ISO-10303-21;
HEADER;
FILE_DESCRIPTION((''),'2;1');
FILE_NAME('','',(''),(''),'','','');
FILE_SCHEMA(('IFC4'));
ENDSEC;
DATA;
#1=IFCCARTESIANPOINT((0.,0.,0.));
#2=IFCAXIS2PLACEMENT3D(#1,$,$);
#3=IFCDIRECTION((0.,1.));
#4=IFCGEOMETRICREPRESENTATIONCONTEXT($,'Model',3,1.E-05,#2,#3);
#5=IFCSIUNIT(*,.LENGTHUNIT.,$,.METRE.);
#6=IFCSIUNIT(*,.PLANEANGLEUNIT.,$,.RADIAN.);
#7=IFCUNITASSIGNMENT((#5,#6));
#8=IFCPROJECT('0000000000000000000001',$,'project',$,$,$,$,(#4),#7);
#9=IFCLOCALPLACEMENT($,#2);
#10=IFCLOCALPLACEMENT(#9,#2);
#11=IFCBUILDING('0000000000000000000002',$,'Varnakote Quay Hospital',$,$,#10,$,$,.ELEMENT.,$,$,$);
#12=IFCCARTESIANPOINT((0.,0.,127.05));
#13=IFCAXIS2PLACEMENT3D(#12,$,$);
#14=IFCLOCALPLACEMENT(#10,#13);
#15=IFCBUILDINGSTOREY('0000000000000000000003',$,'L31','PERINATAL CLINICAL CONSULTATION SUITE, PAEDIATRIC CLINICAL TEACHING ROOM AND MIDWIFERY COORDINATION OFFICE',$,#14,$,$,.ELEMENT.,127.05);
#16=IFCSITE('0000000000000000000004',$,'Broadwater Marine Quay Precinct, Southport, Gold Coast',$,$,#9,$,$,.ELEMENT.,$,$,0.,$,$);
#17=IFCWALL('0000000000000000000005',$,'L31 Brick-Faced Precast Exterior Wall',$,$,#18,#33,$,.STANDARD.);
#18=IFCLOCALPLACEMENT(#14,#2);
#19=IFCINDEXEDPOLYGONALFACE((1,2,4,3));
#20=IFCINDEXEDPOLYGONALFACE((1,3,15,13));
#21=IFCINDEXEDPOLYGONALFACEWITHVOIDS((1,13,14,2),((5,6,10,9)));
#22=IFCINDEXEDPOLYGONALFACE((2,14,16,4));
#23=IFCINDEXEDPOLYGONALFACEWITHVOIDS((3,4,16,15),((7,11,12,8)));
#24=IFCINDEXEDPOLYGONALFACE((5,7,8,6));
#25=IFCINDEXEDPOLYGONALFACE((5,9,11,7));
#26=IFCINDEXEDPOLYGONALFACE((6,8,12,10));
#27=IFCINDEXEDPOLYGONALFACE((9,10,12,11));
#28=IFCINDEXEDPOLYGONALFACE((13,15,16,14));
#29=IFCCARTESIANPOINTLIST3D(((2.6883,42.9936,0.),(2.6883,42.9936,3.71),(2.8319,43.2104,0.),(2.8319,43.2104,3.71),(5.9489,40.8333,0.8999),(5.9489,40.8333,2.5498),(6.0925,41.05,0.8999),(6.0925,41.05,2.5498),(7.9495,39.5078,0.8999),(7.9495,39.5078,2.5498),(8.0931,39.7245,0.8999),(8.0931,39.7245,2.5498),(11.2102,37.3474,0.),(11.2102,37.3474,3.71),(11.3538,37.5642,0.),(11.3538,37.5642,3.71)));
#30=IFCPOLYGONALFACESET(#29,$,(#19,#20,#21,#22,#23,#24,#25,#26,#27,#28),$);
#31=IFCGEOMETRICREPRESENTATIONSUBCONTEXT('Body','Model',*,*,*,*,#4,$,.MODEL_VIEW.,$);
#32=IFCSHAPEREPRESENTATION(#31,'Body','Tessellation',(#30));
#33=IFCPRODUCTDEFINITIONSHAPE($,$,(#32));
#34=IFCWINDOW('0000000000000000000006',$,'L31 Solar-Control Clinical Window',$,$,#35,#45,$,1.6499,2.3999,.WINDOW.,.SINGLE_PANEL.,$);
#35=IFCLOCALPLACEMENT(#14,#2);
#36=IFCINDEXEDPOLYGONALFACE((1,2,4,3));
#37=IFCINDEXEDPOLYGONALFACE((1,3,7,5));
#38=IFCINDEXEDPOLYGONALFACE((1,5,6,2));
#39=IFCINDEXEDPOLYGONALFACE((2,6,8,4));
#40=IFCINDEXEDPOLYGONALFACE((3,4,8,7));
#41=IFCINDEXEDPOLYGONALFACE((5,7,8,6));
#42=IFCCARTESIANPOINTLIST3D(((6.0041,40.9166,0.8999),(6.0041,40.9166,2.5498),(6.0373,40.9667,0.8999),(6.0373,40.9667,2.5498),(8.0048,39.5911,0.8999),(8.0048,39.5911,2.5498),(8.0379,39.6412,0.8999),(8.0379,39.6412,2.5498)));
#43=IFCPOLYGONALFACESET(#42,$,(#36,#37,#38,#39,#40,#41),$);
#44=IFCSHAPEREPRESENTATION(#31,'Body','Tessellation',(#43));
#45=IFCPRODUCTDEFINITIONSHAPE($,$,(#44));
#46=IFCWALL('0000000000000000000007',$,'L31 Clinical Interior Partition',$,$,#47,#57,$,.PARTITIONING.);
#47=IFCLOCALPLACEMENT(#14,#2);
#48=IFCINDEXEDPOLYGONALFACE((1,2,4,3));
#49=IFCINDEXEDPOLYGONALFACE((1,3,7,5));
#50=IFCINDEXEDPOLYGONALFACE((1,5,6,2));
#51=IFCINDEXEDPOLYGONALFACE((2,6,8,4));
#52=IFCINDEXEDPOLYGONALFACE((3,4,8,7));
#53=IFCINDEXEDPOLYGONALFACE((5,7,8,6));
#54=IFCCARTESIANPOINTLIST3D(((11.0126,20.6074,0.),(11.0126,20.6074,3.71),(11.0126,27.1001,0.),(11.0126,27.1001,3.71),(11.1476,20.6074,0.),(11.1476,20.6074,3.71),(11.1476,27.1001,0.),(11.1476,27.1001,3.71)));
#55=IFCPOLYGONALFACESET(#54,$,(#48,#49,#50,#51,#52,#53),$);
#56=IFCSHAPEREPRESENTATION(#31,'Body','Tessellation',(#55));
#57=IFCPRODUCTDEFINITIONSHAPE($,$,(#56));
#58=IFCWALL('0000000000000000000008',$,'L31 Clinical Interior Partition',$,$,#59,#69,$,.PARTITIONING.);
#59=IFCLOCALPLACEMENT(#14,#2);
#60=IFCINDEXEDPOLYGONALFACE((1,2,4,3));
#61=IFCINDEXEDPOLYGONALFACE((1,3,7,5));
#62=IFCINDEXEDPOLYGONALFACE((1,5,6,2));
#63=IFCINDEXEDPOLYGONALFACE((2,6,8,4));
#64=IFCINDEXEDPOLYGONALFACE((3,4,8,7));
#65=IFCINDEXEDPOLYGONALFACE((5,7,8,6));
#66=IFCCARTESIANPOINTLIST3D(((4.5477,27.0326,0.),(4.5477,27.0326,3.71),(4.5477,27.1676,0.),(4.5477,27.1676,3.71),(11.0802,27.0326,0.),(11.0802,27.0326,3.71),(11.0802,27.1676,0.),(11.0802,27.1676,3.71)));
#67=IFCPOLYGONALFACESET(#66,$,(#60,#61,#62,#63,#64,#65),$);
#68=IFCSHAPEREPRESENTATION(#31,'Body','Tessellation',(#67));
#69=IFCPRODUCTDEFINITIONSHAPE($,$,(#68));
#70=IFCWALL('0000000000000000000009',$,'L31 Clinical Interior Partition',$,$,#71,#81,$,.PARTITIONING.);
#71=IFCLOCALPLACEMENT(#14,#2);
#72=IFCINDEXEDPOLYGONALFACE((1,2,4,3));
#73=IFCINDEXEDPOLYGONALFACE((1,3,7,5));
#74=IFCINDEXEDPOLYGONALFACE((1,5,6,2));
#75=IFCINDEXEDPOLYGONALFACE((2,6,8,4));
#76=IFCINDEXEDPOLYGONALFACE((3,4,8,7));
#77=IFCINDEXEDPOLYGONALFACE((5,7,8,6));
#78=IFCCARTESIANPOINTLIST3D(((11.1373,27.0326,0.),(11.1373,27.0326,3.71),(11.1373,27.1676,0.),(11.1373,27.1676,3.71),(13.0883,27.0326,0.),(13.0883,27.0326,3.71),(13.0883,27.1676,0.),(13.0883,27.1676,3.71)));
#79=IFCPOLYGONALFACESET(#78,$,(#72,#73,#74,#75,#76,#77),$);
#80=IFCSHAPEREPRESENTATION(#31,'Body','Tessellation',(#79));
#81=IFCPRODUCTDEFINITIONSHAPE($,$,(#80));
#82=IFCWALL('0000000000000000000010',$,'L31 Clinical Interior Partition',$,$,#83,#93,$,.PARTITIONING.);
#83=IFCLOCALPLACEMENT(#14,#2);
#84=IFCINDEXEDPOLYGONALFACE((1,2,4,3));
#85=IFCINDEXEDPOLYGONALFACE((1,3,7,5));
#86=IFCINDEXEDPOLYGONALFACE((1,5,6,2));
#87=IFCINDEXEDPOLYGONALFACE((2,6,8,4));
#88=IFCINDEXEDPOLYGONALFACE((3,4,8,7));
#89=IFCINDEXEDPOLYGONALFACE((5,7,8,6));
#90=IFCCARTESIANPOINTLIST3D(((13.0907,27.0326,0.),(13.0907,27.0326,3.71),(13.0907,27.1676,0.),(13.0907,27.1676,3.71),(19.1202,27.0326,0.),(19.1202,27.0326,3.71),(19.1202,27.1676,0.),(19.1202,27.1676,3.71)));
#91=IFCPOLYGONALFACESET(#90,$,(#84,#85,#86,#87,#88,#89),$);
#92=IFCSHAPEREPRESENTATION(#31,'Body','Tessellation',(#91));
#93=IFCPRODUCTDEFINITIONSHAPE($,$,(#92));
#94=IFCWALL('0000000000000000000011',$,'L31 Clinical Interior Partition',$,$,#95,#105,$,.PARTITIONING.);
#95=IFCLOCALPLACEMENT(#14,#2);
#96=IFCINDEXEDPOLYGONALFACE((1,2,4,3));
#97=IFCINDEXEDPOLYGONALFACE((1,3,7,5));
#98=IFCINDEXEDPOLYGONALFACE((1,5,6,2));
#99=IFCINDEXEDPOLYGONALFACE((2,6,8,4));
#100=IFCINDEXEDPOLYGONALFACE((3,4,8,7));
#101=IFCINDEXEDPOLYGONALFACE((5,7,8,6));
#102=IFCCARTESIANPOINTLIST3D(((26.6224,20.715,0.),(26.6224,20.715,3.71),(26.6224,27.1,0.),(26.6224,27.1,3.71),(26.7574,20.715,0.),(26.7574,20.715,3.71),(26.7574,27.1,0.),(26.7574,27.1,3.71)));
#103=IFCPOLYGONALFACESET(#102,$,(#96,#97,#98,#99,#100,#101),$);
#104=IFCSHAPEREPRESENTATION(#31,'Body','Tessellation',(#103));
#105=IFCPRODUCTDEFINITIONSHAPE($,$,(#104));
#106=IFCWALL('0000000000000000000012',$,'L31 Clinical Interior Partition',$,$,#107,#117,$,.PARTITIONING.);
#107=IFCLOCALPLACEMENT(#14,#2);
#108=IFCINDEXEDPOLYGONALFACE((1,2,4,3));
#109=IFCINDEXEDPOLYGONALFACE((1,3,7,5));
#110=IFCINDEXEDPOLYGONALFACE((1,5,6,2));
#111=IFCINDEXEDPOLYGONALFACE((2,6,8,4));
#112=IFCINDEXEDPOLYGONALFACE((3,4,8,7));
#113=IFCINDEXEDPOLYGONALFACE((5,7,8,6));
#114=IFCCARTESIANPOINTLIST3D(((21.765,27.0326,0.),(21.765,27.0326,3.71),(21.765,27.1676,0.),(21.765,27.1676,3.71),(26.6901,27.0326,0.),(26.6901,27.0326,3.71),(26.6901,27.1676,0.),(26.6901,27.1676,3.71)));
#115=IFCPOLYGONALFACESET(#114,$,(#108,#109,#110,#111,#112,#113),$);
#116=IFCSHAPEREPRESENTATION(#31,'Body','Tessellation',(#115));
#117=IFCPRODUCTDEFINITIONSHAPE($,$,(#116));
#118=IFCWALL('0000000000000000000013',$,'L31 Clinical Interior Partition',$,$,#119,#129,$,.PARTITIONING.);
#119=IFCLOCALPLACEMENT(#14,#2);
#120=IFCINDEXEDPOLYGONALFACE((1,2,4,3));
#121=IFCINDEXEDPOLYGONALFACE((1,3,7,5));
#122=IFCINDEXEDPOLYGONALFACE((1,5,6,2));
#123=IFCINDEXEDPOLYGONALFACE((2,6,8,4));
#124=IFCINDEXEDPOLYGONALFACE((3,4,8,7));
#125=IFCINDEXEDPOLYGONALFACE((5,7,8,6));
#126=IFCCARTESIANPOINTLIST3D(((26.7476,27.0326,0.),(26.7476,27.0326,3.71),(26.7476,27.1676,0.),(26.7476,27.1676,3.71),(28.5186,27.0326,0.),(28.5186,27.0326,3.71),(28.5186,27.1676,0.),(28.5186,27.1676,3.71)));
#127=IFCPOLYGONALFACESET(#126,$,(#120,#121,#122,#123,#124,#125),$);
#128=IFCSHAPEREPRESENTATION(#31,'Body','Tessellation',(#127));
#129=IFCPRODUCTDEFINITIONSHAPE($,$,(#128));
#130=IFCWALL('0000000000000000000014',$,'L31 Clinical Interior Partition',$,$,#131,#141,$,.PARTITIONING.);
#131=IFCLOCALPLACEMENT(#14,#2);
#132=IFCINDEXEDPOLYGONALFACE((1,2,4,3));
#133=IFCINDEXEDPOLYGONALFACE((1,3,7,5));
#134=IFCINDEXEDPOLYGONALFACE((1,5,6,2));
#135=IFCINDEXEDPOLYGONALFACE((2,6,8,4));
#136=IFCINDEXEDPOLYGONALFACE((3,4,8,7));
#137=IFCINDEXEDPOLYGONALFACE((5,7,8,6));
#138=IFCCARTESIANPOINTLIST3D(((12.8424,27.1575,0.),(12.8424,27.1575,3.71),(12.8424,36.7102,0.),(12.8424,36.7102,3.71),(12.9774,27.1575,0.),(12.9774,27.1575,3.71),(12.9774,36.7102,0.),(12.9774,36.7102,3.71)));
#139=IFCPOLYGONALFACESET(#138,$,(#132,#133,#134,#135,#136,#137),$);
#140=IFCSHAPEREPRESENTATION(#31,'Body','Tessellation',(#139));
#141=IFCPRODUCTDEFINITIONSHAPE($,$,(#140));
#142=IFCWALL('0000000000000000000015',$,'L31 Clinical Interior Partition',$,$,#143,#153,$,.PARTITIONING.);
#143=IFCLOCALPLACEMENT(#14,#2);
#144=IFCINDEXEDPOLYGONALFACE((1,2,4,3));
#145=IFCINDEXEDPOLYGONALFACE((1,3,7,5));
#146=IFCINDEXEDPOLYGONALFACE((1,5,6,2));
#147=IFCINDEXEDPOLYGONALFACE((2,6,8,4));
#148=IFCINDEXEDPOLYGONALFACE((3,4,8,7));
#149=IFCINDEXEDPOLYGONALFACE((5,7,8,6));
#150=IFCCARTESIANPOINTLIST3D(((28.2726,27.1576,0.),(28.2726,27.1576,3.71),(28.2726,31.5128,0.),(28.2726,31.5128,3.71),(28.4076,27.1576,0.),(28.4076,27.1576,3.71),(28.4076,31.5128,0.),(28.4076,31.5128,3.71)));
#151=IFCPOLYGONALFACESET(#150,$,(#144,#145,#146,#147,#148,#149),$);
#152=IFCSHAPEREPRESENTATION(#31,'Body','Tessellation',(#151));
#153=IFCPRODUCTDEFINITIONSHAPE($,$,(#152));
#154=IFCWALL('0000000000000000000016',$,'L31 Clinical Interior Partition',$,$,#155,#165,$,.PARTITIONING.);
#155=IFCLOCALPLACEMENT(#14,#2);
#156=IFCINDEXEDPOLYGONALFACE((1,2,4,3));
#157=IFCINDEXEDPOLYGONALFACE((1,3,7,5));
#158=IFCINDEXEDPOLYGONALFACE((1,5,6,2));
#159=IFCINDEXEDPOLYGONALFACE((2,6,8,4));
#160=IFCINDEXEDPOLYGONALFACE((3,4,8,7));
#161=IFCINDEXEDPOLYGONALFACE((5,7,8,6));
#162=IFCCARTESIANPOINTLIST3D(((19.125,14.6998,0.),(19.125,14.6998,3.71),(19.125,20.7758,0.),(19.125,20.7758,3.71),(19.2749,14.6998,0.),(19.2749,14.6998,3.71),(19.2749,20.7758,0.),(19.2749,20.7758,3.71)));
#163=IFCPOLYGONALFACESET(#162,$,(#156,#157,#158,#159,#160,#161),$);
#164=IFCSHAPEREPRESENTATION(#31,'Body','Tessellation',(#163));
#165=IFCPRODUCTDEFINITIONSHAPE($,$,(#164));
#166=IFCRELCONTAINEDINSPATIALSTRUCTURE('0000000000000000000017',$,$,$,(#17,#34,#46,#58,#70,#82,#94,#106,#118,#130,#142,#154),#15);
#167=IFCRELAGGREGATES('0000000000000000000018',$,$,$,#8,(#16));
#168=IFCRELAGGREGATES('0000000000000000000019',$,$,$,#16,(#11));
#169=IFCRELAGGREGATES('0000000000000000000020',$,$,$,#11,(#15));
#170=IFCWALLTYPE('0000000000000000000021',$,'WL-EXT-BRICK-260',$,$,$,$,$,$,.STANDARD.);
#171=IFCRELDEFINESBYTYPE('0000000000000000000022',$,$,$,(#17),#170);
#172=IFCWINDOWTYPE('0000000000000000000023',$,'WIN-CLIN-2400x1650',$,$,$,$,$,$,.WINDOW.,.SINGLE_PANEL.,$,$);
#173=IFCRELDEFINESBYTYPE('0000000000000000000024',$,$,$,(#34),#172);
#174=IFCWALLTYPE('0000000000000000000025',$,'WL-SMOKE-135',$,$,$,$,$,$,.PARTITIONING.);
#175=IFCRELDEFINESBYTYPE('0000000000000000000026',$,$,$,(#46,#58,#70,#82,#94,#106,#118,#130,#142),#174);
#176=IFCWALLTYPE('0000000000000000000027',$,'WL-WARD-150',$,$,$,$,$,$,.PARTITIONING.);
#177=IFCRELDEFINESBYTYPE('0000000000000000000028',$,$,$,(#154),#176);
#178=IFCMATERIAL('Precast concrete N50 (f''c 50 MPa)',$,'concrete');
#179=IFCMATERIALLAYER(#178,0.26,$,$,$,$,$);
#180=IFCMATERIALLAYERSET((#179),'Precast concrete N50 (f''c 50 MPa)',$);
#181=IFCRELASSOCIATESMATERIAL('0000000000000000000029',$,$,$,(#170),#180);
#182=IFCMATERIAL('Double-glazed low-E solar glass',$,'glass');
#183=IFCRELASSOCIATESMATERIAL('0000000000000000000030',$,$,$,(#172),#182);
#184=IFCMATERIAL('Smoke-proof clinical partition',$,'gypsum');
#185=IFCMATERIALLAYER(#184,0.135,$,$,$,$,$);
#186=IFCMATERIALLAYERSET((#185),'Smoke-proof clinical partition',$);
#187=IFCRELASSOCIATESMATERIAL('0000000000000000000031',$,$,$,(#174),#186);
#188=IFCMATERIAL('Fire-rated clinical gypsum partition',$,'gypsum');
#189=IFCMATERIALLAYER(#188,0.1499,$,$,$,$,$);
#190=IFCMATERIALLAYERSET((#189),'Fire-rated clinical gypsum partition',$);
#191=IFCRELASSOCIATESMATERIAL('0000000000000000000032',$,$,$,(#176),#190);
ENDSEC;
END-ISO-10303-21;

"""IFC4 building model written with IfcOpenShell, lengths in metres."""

from ifc_helpers import new_model, si_unit, direction, frame, frame_2d, origin, place, context, subcontext, project, spatial, rectangle, extrude, material, layer, layer_set, type_object, element, fill, save


model = new_model("IFC4")

# Units and contexts
model_context = context("Model", 3, precision=1e-05, world=origin(), true_north=direction((0.0, 1.0)))
body_context = subcontext(model_context, "Body", "Model", "MODEL_VIEW")
ifc_project = project(units=[si_unit("LENGTHUNIT", "METRE"), si_unit("PLANEANGLEUNIT", "RADIAN")], contexts=[model_context])

# Site, building, storey
site_placement = place(None, origin())
site = spatial("IfcSite", under=ifc_project, at=site_placement, Name="Broadwater Marine Quay Precinct, Southport, Gold Coast", CompositionType="ELEMENT", RefElevation=0.0)
building_placement = place(site_placement, origin())
building = spatial("IfcBuilding", under=site, at=building_placement, Name="Varnakote Quay Hospital", CompositionType="ELEMENT")
storey_placement = place(building_placement, frame((0.0, 0.0, 127.05)))
storey = spatial("IfcBuildingStorey", under=building, at=storey_placement, Name="L31", Description="PERINATAL CLINICAL CONSULTATION SUITE, PAEDIATRIC CLINICAL TEACHING ROOM AND MIDWIFERY COORDINATION OFFICE", CompositionType="ELEMENT", Elevation=127.05)

# Wall, opening, window
ifc_material_1 = material(Name="Precast concrete N50 (f'c 50 MPa)", Category="concrete")
ifc_layer_1 = layer(ifc_material_1, 0.26)
ifc_layer_set_1 = layer_set([ifc_layer_1], Name="Precast concrete N50 (f'c 50 MPa)")
wall_type_1 = type_object("IfcWallType", Name="WL-EXT-BRICK-260", PredefinedType="STANDARD", material=ifc_layer_set_1)
ifc_material_2 = material(Name="Double-glazed low-E solar glass", Category="glass")
window_type = type_object("IfcWindowType", Name="WIN-CLIN-2400x1650", PartitioningType="SINGLE_PANEL", PredefinedType="WINDOW", material=ifc_material_2)
wall_1_placement = place(storey_placement, frame((11.282, 37.4558, 0.0), z_axis=(0.0, 0.0, 1.0), x_axis=(-0.83363, 0.552323, 0.0)))
wall_1 = element("IfcWall", 1, at=wall_1_placement, inside=storey, type_object=wall_type_1, Name="L31 Brick-Faced Precast Exterior Wall", PredefinedType="STANDARD", context=body_context, shape_type="SweptSolid", body=[
    extrude(rectangle(XDim=10.2227, YDim=0.26, at=frame_2d((5.1113, 0.0))), origin(), (0.0, 0.0, 1.0), 3.71),
])
opening_1_placement = place(wall_1_placement, frame((3.9114, 0.0, 0.8999)))
opening_1 = element("IfcOpeningElement", 2, at=opening_1_placement, cuts=wall_1, PredefinedType="OPENING", context=body_context, shape_type="SweptSolid", body=[
    extrude(rectangle(XDim=2.3999, YDim=1.6499, at=frame_2d((1.2, 0.825))), frame((0.0, 0.1399, 0.0), z_axis=(0.0, -1.0, 0.0), x_axis=(1.0, 0.0, 0.0)), (0.0, 0.0, 1.0), 0.28),
])
window_1_placement = place(opening_1_placement, origin())
window_1 = element("IfcWindow", 3, at=window_1_placement, inside=storey, type_object=window_type, Name="L31 Solar-Control Clinical Window", OverallHeight=1.6499, OverallWidth=2.3999, PartitioningType="SINGLE_PANEL", PredefinedType="WINDOW", context=body_context, shape_type="SweptSolid", body=[
    extrude(rectangle(XDim=2.3999, YDim=1.6499, at=frame_2d((1.2, 0.825))), frame((0.0, 0.03, 0.0), z_axis=(0.0, -1.0, 0.0), x_axis=(1.0, 0.0, 0.0)), (0.0, 0.0, 1.0), 0.0601),
])
fill(opening_1, window_1)

# Walls
ifc_material_3 = material(Name="Smoke-proof clinical partition", Category="gypsum")
ifc_layer_2 = layer(ifc_material_3, 0.135)
ifc_layer_set_2 = layer_set([ifc_layer_2], Name="Smoke-proof clinical partition")
wall_type_2 = type_object("IfcWallType", Name="WL-SMOKE-135", PredefinedType="PARTITIONING", material=ifc_layer_set_2)
wall_2_placement = place(storey_placement, frame((11.0801, 20.6074, 0.0), z_axis=(0.0, 0.0, 1.0), x_axis=(0.0, 1.0, 0.0)))
element("IfcWall", 4, at=wall_2_placement, inside=storey, type_object=wall_type_2, Name="L31 Clinical Interior Partition", PredefinedType="PARTITIONING", context=body_context, shape_type="SweptSolid", body=[
    extrude(rectangle(XDim=6.4927, YDim=0.135, at=frame_2d((3.2463, 0.0))), origin(), (0.0, 0.0, 1.0), 3.71),
])
wall_3_placement = place(storey_placement, frame((11.0801, 27.1001, 0.0), z_axis=(0.0, 0.0, 1.0), x_axis=(-1.0, 0.0, 0.0)))
element("IfcWall", 5, at=wall_3_placement, inside=storey, type_object=wall_type_2, Name="L31 Clinical Interior Partition", PredefinedType="PARTITIONING", context=body_context, shape_type="SweptSolid", body=[
    extrude(rectangle(XDim=6.5325, YDim=0.135, at=frame_2d((3.2661, 0.0))), origin(), (0.0, 0.0, 1.0), 3.71),
])
wall_4_placement = place(storey_placement, frame((13.0884, 27.1001, 0.0), z_axis=(0.0, 0.0, 1.0), x_axis=(-1.0, 0.0, 0.0)))
element("IfcWall", 6, at=wall_4_placement, inside=storey, type_object=wall_type_2, Name="L31 Clinical Interior Partition", PredefinedType="PARTITIONING", context=body_context, shape_type="SweptSolid", body=[
    extrude(rectangle(XDim=1.9509, YDim=0.135, at=frame_2d((0.9756, 0.0))), origin(), (0.0, 0.0, 1.0), 3.71),
])
wall_5_placement = place(storey_placement, frame((19.1201, 27.1001, 0.0), z_axis=(0.0, 0.0, 1.0), x_axis=(-1.0, 0.0, 0.0)))
element("IfcWall", 7, at=wall_5_placement, inside=storey, type_object=wall_type_2, Name="L31 Clinical Interior Partition", PredefinedType="PARTITIONING", context=body_context, shape_type="SweptSolid", body=[
    extrude(rectangle(XDim=6.0295, YDim=0.135, at=frame_2d((3.0146, 0.0))), origin(), (0.0, 0.0, 1.0), 3.71),
])
wall_6_placement = place(storey_placement, frame((26.6899, 20.7151, 0.0), z_axis=(0.0, 0.0, 1.0), x_axis=(0.0, 1.0, 0.0)))
element("IfcWall", 8, at=wall_6_placement, inside=storey, type_object=wall_type_2, Name="L31 Clinical Interior Partition", PredefinedType="PARTITIONING", context=body_context, shape_type="SweptSolid", body=[
    extrude(rectangle(XDim=6.385, YDim=0.135, at=frame_2d((3.1924, 0.0))), origin(), (0.0, 0.0, 1.0), 3.71),
])
wall_7_placement = place(storey_placement, frame((26.6899, 27.1001, 0.0), z_axis=(0.0, 0.0, 1.0), x_axis=(-1.0, 0.0, 0.0)))
element("IfcWall", 9, at=wall_7_placement, inside=storey, type_object=wall_type_2, Name="L31 Clinical Interior Partition", PredefinedType="PARTITIONING", context=body_context, shape_type="SweptSolid", body=[
    extrude(rectangle(XDim=4.925, YDim=0.135, at=frame_2d((2.4624, 0.0))), origin(), (0.0, 0.0, 1.0), 3.71),
])
wall_8_placement = place(storey_placement, frame((28.5186, 27.1001, 0.0), z_axis=(0.0, 0.0, 1.0), x_axis=(-1.0, 0.0, 0.0)))
element("IfcWall", 10, at=wall_8_placement, inside=storey, type_object=wall_type_2, Name="L31 Clinical Interior Partition", PredefinedType="PARTITIONING", context=body_context, shape_type="SweptSolid", body=[
    extrude(rectangle(XDim=1.771, YDim=0.135, at=frame_2d((0.8855, 0.0))), origin(), (0.0, 0.0, 1.0), 3.71),
])
wall_9_placement = place(storey_placement, frame((12.9099, 27.1575, 0.0), z_axis=(0.0, 0.0, 1.0), x_axis=(0.0, 1.0, 0.0)))
element("IfcWall", 11, at=wall_9_placement, inside=storey, type_object=wall_type_2, Name="L31 Clinical Interior Partition", PredefinedType="PARTITIONING", context=body_context, shape_type="SweptSolid", body=[
    extrude(rectangle(XDim=9.5527, YDim=0.135, at=frame_2d((4.7764, 0.0))), origin(), (0.0, 0.0, 1.0), 3.71),
])
wall_10_placement = place(storey_placement, frame((28.3401, 27.1575, 0.0), z_axis=(0.0, 0.0, 1.0), x_axis=(0.0, 1.0, 0.0)))
element("IfcWall", 12, at=wall_10_placement, inside=storey, type_object=wall_type_2, Name="L31 Clinical Interior Partition", PredefinedType="PARTITIONING", context=body_context, shape_type="SweptSolid", body=[
    extrude(rectangle(XDim=4.3552, YDim=0.135, at=frame_2d((2.1777, 0.0))), origin(), (0.0, 0.0, 1.0), 3.71),
])
ifc_material_4 = material(Name="Fire-rated clinical gypsum partition", Category="gypsum")
ifc_layer_3 = layer(ifc_material_4, 0.1499)
ifc_layer_set_3 = layer_set([ifc_layer_3], Name="Fire-rated clinical gypsum partition")
wall_type_3 = type_object("IfcWallType", Name="WL-WARD-150", PredefinedType="PARTITIONING", material=ifc_layer_set_3)
wall_11_placement = place(storey_placement, frame((19.2, 20.7759, 0.0), z_axis=(0.0, 0.0, 1.0), x_axis=(0.0, -1.0, 0.0)))
element("IfcWall", 13, at=wall_11_placement, inside=storey, type_object=wall_type_3, Name="L31 Clinical Interior Partition", PredefinedType="PARTITIONING", context=body_context, shape_type="SweptSolid", body=[
    extrude(rectangle(XDim=6.0759, YDim=0.1499, at=frame_2d((3.0381, 0.0))), origin(), (0.0, 0.0, 1.0), 3.71),
])

save(model, "model.ifc")
